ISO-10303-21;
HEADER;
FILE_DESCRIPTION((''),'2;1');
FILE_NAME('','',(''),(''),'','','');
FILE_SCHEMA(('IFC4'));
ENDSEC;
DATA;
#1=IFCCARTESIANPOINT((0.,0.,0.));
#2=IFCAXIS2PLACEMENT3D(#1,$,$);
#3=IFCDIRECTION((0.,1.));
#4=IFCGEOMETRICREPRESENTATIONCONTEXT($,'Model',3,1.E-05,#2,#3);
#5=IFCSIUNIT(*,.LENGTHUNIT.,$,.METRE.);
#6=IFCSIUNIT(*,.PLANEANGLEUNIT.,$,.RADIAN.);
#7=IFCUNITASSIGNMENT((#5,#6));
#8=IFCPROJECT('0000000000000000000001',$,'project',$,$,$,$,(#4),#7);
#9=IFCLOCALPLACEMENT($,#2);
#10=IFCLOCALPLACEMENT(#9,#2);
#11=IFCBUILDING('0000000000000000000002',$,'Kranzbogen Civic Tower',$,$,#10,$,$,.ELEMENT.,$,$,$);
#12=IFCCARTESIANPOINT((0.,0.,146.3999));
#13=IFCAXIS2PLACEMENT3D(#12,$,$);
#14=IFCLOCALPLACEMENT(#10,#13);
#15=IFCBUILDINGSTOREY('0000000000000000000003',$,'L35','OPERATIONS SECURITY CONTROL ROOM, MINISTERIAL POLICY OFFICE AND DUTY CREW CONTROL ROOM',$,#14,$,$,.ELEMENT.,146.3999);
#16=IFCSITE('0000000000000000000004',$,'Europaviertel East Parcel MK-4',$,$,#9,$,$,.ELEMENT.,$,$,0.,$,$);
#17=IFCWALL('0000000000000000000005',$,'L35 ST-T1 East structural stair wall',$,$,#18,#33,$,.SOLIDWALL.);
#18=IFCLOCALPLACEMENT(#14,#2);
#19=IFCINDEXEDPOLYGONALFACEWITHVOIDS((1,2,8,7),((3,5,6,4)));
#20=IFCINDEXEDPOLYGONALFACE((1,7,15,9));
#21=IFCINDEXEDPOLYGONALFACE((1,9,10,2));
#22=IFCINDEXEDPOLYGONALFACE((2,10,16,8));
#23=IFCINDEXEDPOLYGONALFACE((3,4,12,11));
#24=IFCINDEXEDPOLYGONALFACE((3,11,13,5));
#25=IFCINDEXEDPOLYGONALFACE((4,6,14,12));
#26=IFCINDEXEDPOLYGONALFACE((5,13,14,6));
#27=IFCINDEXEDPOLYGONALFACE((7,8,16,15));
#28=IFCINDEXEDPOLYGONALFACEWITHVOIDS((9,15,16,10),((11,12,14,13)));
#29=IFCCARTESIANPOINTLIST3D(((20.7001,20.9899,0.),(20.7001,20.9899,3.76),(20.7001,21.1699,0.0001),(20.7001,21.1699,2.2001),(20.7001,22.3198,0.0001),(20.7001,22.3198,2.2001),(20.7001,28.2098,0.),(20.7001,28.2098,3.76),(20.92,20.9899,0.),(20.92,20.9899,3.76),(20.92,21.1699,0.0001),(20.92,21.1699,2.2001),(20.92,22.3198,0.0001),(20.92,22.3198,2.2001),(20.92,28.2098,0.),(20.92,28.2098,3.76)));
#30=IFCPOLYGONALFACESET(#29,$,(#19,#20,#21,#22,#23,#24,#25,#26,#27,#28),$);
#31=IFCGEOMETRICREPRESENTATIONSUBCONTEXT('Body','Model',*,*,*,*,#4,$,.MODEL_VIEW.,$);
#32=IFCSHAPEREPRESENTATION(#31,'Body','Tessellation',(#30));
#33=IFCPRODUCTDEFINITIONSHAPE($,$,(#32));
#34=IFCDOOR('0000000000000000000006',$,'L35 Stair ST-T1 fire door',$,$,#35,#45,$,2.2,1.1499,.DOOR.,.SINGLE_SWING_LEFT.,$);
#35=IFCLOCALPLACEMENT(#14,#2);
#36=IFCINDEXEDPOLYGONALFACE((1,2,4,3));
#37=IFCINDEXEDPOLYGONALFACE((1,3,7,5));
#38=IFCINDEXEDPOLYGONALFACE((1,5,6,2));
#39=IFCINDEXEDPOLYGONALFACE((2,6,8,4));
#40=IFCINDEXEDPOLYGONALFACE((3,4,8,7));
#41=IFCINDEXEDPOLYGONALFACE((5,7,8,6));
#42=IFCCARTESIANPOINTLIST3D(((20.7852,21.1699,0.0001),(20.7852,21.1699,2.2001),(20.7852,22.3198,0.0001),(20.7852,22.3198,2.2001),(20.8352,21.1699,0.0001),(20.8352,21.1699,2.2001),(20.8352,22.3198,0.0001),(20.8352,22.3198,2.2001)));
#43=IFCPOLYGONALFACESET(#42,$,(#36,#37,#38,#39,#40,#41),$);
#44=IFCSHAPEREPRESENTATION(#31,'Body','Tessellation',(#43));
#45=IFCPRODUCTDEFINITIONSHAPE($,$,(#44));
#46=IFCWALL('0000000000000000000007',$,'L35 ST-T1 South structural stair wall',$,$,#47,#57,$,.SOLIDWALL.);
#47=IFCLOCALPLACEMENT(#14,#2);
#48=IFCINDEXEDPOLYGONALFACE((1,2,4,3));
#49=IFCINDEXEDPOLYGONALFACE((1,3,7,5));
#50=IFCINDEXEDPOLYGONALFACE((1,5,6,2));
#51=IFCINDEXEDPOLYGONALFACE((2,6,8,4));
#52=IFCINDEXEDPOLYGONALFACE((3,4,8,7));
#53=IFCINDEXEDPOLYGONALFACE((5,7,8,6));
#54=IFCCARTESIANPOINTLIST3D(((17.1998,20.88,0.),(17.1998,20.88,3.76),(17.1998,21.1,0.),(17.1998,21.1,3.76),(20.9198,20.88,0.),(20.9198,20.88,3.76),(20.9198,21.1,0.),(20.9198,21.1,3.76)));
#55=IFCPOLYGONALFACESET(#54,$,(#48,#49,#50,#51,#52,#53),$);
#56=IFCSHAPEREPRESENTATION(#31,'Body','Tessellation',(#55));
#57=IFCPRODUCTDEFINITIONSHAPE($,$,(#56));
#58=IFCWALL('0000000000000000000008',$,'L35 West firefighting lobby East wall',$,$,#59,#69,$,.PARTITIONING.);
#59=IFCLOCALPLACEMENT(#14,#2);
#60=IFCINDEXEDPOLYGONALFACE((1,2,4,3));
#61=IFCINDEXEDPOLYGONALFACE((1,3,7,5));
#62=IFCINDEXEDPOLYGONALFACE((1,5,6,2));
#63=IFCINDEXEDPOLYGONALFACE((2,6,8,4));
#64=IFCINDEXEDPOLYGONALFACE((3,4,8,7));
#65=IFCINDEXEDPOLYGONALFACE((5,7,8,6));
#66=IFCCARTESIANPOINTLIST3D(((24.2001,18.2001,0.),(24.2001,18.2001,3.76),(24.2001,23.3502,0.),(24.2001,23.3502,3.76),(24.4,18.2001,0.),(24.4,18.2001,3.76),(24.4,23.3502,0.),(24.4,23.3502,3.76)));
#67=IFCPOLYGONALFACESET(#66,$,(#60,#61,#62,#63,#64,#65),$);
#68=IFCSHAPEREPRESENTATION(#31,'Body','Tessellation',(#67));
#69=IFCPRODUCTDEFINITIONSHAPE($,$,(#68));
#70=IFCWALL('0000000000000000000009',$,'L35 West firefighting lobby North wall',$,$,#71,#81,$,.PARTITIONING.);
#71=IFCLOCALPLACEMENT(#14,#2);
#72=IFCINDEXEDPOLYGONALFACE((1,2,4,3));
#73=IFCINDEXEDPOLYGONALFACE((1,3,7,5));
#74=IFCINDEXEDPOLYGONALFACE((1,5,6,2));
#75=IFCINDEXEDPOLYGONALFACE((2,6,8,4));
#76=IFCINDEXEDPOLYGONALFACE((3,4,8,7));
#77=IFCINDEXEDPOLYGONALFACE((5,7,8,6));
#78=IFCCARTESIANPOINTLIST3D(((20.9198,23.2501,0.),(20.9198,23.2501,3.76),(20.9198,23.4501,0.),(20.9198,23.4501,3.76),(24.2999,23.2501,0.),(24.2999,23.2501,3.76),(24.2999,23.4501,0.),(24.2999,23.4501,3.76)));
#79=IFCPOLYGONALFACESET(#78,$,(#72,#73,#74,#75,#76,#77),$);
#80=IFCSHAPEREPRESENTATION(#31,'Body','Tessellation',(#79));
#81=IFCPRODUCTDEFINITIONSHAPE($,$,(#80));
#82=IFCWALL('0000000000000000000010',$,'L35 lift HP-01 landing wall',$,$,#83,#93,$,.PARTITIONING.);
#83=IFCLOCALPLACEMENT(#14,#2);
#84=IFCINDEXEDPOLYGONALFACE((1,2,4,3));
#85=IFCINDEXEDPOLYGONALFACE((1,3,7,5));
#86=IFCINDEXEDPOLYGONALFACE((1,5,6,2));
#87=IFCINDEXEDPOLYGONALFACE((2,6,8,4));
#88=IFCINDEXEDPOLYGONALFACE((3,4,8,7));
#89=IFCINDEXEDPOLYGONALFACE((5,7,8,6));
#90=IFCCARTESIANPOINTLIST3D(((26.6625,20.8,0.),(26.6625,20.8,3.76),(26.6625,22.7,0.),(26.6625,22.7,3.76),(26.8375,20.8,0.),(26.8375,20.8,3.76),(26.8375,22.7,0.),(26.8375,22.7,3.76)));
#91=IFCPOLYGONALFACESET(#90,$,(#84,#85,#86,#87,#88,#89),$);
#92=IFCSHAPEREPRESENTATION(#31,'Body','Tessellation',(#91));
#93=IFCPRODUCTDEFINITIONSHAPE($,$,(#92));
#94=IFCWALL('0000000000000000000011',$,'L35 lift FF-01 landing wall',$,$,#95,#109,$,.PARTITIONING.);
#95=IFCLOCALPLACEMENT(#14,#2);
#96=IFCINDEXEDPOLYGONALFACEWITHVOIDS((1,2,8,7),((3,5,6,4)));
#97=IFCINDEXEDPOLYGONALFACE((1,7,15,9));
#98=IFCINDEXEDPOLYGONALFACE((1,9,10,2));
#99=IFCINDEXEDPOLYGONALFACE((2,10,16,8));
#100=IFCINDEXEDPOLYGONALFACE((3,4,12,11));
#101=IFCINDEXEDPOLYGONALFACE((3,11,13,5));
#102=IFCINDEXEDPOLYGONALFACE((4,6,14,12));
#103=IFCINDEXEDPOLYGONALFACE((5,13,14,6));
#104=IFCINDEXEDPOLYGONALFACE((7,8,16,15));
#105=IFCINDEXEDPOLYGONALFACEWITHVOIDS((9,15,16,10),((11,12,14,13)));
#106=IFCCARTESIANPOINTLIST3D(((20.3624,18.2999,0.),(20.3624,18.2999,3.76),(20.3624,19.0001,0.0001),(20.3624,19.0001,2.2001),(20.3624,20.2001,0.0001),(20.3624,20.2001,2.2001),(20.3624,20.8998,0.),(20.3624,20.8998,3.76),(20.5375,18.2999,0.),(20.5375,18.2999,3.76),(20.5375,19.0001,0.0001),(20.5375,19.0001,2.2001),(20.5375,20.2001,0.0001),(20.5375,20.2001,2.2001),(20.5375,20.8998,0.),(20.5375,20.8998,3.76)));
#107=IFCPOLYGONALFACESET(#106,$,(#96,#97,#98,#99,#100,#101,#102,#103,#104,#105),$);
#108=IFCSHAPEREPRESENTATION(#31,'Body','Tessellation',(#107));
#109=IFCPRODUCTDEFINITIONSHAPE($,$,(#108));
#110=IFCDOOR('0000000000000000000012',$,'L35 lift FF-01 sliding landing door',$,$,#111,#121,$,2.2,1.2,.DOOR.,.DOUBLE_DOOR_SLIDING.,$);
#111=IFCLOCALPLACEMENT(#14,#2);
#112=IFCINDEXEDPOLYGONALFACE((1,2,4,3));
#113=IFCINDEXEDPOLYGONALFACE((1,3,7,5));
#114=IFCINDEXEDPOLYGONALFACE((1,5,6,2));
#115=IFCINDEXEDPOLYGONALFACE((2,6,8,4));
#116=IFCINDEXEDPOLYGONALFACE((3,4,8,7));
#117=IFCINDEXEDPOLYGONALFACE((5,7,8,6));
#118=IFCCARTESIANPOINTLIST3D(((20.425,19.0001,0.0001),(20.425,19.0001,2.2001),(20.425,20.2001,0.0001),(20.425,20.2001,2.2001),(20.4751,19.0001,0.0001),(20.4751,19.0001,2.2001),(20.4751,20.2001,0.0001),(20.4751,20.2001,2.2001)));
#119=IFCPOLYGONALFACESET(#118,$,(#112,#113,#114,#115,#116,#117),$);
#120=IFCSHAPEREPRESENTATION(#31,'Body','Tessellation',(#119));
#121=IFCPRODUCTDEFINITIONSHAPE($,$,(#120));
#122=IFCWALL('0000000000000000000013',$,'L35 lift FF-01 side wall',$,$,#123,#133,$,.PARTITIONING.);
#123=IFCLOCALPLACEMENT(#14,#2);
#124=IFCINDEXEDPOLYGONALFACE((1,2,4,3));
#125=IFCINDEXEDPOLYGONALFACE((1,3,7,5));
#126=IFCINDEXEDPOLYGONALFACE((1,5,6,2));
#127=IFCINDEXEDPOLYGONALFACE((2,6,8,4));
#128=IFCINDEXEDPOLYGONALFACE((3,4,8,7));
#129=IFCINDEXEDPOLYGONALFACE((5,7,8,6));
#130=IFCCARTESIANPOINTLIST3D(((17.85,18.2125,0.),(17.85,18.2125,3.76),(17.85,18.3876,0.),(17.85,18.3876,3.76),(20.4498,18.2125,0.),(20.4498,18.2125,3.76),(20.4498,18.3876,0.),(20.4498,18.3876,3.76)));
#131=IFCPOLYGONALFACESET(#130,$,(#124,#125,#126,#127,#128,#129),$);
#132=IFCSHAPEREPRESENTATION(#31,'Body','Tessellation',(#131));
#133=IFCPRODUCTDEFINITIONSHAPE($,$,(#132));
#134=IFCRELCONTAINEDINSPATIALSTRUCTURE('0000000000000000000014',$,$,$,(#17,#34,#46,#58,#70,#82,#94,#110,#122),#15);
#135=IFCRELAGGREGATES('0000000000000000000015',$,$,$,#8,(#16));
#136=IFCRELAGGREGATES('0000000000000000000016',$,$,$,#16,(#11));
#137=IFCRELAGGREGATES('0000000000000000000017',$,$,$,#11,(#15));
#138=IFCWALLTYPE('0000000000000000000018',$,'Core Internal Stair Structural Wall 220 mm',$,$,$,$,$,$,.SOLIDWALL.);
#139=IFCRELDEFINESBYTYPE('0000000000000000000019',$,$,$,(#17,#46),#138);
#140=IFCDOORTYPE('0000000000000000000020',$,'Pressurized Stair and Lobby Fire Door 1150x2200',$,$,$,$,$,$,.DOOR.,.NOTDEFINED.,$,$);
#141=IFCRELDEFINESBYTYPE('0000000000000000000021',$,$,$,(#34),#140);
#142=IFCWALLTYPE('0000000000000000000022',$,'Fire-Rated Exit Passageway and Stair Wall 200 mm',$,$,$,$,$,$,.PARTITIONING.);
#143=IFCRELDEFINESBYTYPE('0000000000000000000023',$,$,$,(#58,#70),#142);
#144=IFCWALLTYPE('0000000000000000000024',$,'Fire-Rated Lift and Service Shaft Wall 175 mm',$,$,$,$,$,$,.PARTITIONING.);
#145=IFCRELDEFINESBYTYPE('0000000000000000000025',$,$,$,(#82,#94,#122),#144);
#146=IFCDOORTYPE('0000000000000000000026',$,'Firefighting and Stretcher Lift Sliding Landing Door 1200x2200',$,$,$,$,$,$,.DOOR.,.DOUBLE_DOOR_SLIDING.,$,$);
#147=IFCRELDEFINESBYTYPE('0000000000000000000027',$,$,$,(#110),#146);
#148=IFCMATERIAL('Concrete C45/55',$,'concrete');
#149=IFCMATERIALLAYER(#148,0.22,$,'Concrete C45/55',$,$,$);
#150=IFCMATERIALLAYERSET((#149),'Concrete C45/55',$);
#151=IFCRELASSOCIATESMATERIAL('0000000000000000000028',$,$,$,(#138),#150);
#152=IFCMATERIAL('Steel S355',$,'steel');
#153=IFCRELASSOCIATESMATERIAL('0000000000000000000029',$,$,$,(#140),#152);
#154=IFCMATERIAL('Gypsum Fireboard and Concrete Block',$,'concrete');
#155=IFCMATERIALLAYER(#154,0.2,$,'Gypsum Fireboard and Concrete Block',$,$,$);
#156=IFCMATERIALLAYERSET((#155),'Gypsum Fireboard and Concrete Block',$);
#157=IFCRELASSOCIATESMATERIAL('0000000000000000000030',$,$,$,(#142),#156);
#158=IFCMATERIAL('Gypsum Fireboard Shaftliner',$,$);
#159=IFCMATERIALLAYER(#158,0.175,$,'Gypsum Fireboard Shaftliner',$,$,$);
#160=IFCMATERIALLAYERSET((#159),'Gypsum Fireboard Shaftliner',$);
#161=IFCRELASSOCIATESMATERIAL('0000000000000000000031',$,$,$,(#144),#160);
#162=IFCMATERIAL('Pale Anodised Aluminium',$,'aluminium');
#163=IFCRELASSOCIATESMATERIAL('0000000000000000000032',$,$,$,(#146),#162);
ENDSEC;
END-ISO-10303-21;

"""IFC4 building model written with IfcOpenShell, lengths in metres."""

from ifc_helpers import new_model, si_unit, direction, frame, frame_2d, origin, place, context, subcontext, project, spatial, rectangle, extrude, material, layer, layer_set, type_object, element, fill, save


model = new_model("IFC4")

# Units and contexts
model_context = context("Model", 3, precision=1e-05, world=origin(), true_north=direction((0.0, 1.0)))
body_context = subcontext(model_context, "Body", "Model", "MODEL_VIEW")
ifc_project = project(units=[si_unit("LENGTHUNIT", "METRE"), si_unit("PLANEANGLEUNIT", "RADIAN")], contexts=[model_context])

# Site, building, storey
site_placement = place(None, origin())
site = spatial("IfcSite", under=ifc_project, at=site_placement, Name="Europaviertel East Parcel MK-4", CompositionType="ELEMENT", RefElevation=0.0)
building_placement = place(site_placement, origin())
building = spatial("IfcBuilding", under=site, at=building_placement, Name="Kranzbogen Civic Tower", CompositionType="ELEMENT")
storey_placement = place(building_placement, frame((0.0, 0.0, 146.3999)))
storey = spatial("IfcBuildingStorey", under=building, at=storey_placement, Name="L35", Description="OPERATIONS SECURITY CONTROL ROOM, MINISTERIAL POLICY OFFICE AND DUTY CREW CONTROL ROOM", CompositionType="ELEMENT", Elevation=146.3999)

# Shared definitions
ifc_material_1 = material(Name="Steel S355", Category="steel")

# Wall, opening, door
ifc_material_2 = material(Name="Concrete C45/55", Category="concrete")
ifc_layer_1 = layer(ifc_material_2, 0.22, Name="Concrete C45/55")
ifc_layer_set_1 = layer_set([ifc_layer_1], Name="Concrete C45/55")
wall_type_1 = type_object("IfcWallType", Name="Core Internal Stair Structural Wall 220 mm", PredefinedType="SOLIDWALL", material=ifc_layer_set_1)
wall_1_placement = place(storey_placement, frame((20.8101, 20.99, 0.0), z_axis=(0.0, 0.0, 1.0), x_axis=(0.0, 1.0, 0.0)))
wall_1 = element("IfcWall", 1, at=wall_1_placement, inside=storey, type_object=wall_type_1, Name="L35 ST-T1 East structural stair wall", PredefinedType="SOLIDWALL", context=body_context, shape_type="SweptSolid", body=[
    extrude(rectangle(XDim=7.22, YDim=0.22, at=frame_2d((3.6099, 0.0))), origin(), (0.0, 0.0, 1.0), 3.76),
])
opening_1_placement = place(wall_1_placement, frame((0.1799, 0.0, 0.0)))
opening_1 = element("IfcOpeningElement", 2, at=opening_1_placement, cuts=wall_1, PredefinedType="OPENING", context=body_context, shape_type="SweptSolid", body=[
    extrude(rectangle(XDim=1.1499, YDim=2.2, at=frame_2d((0.575, 1.1001))), frame((0.0, 0.1201, 0.0), z_axis=(0.0, -1.0, 0.0), x_axis=(1.0, 0.0, 0.0)), (0.0, 0.0, 1.0), 0.24),
])
door_type_1 = type_object("IfcDoorType", Name="Pressurized Stair and Lobby Fire Door 1150x2200", OperationType="NOTDEFINED", PredefinedType="DOOR", material=ifc_material_1)
door_1_placement = place(opening_1_placement, origin())
door_1 = element("IfcDoor", 3, at=door_1_placement, inside=storey, type_object=door_type_1, Name="L35 Stair ST-T1 fire door", OperationType="SINGLE_SWING_LEFT", OverallHeight=2.2, OverallWidth=1.1499, PredefinedType="DOOR", context=body_context, shape_type="SweptSolid", body=[
    extrude(rectangle(XDim=1.1499, YDim=2.2, at=frame_2d((0.575, 1.1001))), frame((0.0, 0.0249, 0.0), z_axis=(0.0, -1.0, 0.0), x_axis=(1.0, 0.0, 0.0)), (0.0, 0.0, 1.0), 0.05),
])
fill(opening_1, door_1)

# Walls
wall_2_placement = place(storey_placement, frame((17.2, 20.99, 0.0), z_axis=(0.0, 0.0, 1.0), x_axis=(1.0, 0.0, 0.0)))
element("IfcWall", 4, at=wall_2_placement, inside=storey, type_object=wall_type_1, Name="L35 ST-T1 South structural stair wall", PredefinedType="SOLIDWALL", context=body_context, shape_type="SweptSolid", body=[
    extrude(rectangle(XDim=3.72, YDim=0.22, at=frame_2d((1.8599, 0.0))), origin(), (0.0, 0.0, 1.0), 3.76),
])
ifc_material_3 = material(Name="Gypsum Fireboard and Concrete Block", Category="concrete")
ifc_layer_2 = layer(ifc_material_3, 0.2, Name="Gypsum Fireboard and Concrete Block")
ifc_layer_set_2 = layer_set([ifc_layer_2], Name="Gypsum Fireboard and Concrete Block")
wall_type_2 = type_object("IfcWallType", Name="Fire-Rated Exit Passageway and Stair Wall 200 mm", PredefinedType="PARTITIONING", material=ifc_layer_set_2)
wall_3_placement = place(storey_placement, frame((24.3, 18.2, 0.0), z_axis=(0.0, 0.0, 1.0), x_axis=(0.0, 1.0, 0.0)))
element("IfcWall", 5, at=wall_3_placement, inside=storey, type_object=wall_type_2, Name="L35 West firefighting lobby East wall", PredefinedType="PARTITIONING", context=body_context, shape_type="SweptSolid", body=[
    extrude(rectangle(XDim=5.1501, YDim=0.2, at=frame_2d((2.5752, 0.0))), origin(), (0.0, 0.0, 1.0), 3.76),
])
wall_4_placement = place(storey_placement, frame((20.9199, 23.3501, 0.0), z_axis=(0.0, 0.0, 1.0), x_axis=(1.0, 0.0, 0.0)))
element("IfcWall", 6, at=wall_4_placement, inside=storey, type_object=wall_type_2, Name="L35 West firefighting lobby North wall", PredefinedType="PARTITIONING", context=body_context, shape_type="SweptSolid", body=[
    extrude(rectangle(XDim=3.3801, YDim=0.2, at=frame_2d((1.6899, 0.0))), origin(), (0.0, 0.0, 1.0), 3.76),
])
ifc_material_4 = material(Name="Gypsum Fireboard Shaftliner")
ifc_layer_3 = layer(ifc_material_4, 0.175, Name="Gypsum Fireboard Shaftliner")
ifc_layer_set_3 = layer_set([ifc_layer_3], Name="Gypsum Fireboard Shaftliner")
wall_type_3 = type_object("IfcWallType", Name="Fire-Rated Lift and Service Shaft Wall 175 mm", PredefinedType="PARTITIONING", material=ifc_layer_set_3)
wall_5_placement = place(storey_placement, frame((26.75, 20.8, 0.0), z_axis=(0.0, 0.0, 1.0), x_axis=(0.0, 1.0, 0.0)))
element("IfcWall", 7, at=wall_5_placement, inside=storey, type_object=wall_type_3, Name="L35 lift HP-01 landing wall", PredefinedType="PARTITIONING", context=body_context, shape_type="SweptSolid", body=[
    extrude(rectangle(XDim=1.8999, YDim=0.175, at=frame_2d((0.95, 0.0))), origin(), (0.0, 0.0, 1.0), 3.76),
])

# Wall, opening, door
wall_6_placement = place(storey_placement, frame((20.45, 18.3, 0.0), z_axis=(0.0, 0.0, 1.0), x_axis=(0.0, 1.0, 0.0)))
wall_6 = element("IfcWall", 8, at=wall_6_placement, inside=storey, type_object=wall_type_3, Name="L35 lift FF-01 landing wall", PredefinedType="PARTITIONING", context=body_context, shape_type="SweptSolid", body=[
    extrude(rectangle(XDim=2.5999, YDim=0.175, at=frame_2d((1.2998, 0.0))), origin(), (0.0, 0.0, 1.0), 3.76),
])
opening_2_placement = place(wall_6_placement, frame((0.7, 0.0, 0.0)))
opening_2 = element("IfcOpeningElement", 9, at=opening_2_placement, cuts=wall_6, PredefinedType="OPENING", context=body_context, shape_type="SweptSolid", body=[
    extrude(rectangle(XDim=1.2, YDim=2.2, at=frame_2d((0.6001, 1.1001))), frame((0.0, 0.0977, 0.0), z_axis=(0.0, -1.0, 0.0), x_axis=(1.0, 0.0, 0.0)), (0.0, 0.0, 1.0), 0.1951),
])
ifc_material_5 = material(Name="Pale Anodised Aluminium", Category="aluminium")
door_type_2 = type_object("IfcDoorType", Name="Firefighting and Stretcher Lift Sliding Landing Door 1200x2200", OperationType="DOUBLE_DOOR_SLIDING", PredefinedType="DOOR", material=ifc_material_5)
door_2_placement = place(opening_2_placement, origin())
door_2 = element("IfcDoor", 10, at=door_2_placement, inside=storey, type_object=door_type_2, Name="L35 lift FF-01 sliding landing door", OperationType="DOUBLE_DOOR_SLIDING", OverallHeight=2.2, OverallWidth=1.2, PredefinedType="DOOR", context=body_context, shape_type="SweptSolid", body=[
    extrude(rectangle(XDim=1.2, YDim=2.2, at=frame_2d((0.6001, 1.1001))), frame((0.0, 0.0249, 0.0), z_axis=(0.0, -1.0, 0.0), x_axis=(1.0, 0.0, 0.0)), (0.0, 0.0, 1.0), 0.05),
])
fill(opening_2, door_2)

# Wall
wall_7_placement = place(storey_placement, frame((17.8501, 18.3, 0.0), z_axis=(0.0, 0.0, 1.0), x_axis=(1.0, 0.0, 0.0)))
element("IfcWall", 11, at=wall_7_placement, inside=storey, type_object=wall_type_3, Name="L35 lift FF-01 side wall", PredefinedType="PARTITIONING", context=body_context, shape_type="SweptSolid", body=[
    extrude(rectangle(XDim=2.5999, YDim=0.175, at=frame_2d((1.2998, 0.0))), origin(), (0.0, 0.0, 1.0), 3.76),
])

save(model, "model.ifc")
